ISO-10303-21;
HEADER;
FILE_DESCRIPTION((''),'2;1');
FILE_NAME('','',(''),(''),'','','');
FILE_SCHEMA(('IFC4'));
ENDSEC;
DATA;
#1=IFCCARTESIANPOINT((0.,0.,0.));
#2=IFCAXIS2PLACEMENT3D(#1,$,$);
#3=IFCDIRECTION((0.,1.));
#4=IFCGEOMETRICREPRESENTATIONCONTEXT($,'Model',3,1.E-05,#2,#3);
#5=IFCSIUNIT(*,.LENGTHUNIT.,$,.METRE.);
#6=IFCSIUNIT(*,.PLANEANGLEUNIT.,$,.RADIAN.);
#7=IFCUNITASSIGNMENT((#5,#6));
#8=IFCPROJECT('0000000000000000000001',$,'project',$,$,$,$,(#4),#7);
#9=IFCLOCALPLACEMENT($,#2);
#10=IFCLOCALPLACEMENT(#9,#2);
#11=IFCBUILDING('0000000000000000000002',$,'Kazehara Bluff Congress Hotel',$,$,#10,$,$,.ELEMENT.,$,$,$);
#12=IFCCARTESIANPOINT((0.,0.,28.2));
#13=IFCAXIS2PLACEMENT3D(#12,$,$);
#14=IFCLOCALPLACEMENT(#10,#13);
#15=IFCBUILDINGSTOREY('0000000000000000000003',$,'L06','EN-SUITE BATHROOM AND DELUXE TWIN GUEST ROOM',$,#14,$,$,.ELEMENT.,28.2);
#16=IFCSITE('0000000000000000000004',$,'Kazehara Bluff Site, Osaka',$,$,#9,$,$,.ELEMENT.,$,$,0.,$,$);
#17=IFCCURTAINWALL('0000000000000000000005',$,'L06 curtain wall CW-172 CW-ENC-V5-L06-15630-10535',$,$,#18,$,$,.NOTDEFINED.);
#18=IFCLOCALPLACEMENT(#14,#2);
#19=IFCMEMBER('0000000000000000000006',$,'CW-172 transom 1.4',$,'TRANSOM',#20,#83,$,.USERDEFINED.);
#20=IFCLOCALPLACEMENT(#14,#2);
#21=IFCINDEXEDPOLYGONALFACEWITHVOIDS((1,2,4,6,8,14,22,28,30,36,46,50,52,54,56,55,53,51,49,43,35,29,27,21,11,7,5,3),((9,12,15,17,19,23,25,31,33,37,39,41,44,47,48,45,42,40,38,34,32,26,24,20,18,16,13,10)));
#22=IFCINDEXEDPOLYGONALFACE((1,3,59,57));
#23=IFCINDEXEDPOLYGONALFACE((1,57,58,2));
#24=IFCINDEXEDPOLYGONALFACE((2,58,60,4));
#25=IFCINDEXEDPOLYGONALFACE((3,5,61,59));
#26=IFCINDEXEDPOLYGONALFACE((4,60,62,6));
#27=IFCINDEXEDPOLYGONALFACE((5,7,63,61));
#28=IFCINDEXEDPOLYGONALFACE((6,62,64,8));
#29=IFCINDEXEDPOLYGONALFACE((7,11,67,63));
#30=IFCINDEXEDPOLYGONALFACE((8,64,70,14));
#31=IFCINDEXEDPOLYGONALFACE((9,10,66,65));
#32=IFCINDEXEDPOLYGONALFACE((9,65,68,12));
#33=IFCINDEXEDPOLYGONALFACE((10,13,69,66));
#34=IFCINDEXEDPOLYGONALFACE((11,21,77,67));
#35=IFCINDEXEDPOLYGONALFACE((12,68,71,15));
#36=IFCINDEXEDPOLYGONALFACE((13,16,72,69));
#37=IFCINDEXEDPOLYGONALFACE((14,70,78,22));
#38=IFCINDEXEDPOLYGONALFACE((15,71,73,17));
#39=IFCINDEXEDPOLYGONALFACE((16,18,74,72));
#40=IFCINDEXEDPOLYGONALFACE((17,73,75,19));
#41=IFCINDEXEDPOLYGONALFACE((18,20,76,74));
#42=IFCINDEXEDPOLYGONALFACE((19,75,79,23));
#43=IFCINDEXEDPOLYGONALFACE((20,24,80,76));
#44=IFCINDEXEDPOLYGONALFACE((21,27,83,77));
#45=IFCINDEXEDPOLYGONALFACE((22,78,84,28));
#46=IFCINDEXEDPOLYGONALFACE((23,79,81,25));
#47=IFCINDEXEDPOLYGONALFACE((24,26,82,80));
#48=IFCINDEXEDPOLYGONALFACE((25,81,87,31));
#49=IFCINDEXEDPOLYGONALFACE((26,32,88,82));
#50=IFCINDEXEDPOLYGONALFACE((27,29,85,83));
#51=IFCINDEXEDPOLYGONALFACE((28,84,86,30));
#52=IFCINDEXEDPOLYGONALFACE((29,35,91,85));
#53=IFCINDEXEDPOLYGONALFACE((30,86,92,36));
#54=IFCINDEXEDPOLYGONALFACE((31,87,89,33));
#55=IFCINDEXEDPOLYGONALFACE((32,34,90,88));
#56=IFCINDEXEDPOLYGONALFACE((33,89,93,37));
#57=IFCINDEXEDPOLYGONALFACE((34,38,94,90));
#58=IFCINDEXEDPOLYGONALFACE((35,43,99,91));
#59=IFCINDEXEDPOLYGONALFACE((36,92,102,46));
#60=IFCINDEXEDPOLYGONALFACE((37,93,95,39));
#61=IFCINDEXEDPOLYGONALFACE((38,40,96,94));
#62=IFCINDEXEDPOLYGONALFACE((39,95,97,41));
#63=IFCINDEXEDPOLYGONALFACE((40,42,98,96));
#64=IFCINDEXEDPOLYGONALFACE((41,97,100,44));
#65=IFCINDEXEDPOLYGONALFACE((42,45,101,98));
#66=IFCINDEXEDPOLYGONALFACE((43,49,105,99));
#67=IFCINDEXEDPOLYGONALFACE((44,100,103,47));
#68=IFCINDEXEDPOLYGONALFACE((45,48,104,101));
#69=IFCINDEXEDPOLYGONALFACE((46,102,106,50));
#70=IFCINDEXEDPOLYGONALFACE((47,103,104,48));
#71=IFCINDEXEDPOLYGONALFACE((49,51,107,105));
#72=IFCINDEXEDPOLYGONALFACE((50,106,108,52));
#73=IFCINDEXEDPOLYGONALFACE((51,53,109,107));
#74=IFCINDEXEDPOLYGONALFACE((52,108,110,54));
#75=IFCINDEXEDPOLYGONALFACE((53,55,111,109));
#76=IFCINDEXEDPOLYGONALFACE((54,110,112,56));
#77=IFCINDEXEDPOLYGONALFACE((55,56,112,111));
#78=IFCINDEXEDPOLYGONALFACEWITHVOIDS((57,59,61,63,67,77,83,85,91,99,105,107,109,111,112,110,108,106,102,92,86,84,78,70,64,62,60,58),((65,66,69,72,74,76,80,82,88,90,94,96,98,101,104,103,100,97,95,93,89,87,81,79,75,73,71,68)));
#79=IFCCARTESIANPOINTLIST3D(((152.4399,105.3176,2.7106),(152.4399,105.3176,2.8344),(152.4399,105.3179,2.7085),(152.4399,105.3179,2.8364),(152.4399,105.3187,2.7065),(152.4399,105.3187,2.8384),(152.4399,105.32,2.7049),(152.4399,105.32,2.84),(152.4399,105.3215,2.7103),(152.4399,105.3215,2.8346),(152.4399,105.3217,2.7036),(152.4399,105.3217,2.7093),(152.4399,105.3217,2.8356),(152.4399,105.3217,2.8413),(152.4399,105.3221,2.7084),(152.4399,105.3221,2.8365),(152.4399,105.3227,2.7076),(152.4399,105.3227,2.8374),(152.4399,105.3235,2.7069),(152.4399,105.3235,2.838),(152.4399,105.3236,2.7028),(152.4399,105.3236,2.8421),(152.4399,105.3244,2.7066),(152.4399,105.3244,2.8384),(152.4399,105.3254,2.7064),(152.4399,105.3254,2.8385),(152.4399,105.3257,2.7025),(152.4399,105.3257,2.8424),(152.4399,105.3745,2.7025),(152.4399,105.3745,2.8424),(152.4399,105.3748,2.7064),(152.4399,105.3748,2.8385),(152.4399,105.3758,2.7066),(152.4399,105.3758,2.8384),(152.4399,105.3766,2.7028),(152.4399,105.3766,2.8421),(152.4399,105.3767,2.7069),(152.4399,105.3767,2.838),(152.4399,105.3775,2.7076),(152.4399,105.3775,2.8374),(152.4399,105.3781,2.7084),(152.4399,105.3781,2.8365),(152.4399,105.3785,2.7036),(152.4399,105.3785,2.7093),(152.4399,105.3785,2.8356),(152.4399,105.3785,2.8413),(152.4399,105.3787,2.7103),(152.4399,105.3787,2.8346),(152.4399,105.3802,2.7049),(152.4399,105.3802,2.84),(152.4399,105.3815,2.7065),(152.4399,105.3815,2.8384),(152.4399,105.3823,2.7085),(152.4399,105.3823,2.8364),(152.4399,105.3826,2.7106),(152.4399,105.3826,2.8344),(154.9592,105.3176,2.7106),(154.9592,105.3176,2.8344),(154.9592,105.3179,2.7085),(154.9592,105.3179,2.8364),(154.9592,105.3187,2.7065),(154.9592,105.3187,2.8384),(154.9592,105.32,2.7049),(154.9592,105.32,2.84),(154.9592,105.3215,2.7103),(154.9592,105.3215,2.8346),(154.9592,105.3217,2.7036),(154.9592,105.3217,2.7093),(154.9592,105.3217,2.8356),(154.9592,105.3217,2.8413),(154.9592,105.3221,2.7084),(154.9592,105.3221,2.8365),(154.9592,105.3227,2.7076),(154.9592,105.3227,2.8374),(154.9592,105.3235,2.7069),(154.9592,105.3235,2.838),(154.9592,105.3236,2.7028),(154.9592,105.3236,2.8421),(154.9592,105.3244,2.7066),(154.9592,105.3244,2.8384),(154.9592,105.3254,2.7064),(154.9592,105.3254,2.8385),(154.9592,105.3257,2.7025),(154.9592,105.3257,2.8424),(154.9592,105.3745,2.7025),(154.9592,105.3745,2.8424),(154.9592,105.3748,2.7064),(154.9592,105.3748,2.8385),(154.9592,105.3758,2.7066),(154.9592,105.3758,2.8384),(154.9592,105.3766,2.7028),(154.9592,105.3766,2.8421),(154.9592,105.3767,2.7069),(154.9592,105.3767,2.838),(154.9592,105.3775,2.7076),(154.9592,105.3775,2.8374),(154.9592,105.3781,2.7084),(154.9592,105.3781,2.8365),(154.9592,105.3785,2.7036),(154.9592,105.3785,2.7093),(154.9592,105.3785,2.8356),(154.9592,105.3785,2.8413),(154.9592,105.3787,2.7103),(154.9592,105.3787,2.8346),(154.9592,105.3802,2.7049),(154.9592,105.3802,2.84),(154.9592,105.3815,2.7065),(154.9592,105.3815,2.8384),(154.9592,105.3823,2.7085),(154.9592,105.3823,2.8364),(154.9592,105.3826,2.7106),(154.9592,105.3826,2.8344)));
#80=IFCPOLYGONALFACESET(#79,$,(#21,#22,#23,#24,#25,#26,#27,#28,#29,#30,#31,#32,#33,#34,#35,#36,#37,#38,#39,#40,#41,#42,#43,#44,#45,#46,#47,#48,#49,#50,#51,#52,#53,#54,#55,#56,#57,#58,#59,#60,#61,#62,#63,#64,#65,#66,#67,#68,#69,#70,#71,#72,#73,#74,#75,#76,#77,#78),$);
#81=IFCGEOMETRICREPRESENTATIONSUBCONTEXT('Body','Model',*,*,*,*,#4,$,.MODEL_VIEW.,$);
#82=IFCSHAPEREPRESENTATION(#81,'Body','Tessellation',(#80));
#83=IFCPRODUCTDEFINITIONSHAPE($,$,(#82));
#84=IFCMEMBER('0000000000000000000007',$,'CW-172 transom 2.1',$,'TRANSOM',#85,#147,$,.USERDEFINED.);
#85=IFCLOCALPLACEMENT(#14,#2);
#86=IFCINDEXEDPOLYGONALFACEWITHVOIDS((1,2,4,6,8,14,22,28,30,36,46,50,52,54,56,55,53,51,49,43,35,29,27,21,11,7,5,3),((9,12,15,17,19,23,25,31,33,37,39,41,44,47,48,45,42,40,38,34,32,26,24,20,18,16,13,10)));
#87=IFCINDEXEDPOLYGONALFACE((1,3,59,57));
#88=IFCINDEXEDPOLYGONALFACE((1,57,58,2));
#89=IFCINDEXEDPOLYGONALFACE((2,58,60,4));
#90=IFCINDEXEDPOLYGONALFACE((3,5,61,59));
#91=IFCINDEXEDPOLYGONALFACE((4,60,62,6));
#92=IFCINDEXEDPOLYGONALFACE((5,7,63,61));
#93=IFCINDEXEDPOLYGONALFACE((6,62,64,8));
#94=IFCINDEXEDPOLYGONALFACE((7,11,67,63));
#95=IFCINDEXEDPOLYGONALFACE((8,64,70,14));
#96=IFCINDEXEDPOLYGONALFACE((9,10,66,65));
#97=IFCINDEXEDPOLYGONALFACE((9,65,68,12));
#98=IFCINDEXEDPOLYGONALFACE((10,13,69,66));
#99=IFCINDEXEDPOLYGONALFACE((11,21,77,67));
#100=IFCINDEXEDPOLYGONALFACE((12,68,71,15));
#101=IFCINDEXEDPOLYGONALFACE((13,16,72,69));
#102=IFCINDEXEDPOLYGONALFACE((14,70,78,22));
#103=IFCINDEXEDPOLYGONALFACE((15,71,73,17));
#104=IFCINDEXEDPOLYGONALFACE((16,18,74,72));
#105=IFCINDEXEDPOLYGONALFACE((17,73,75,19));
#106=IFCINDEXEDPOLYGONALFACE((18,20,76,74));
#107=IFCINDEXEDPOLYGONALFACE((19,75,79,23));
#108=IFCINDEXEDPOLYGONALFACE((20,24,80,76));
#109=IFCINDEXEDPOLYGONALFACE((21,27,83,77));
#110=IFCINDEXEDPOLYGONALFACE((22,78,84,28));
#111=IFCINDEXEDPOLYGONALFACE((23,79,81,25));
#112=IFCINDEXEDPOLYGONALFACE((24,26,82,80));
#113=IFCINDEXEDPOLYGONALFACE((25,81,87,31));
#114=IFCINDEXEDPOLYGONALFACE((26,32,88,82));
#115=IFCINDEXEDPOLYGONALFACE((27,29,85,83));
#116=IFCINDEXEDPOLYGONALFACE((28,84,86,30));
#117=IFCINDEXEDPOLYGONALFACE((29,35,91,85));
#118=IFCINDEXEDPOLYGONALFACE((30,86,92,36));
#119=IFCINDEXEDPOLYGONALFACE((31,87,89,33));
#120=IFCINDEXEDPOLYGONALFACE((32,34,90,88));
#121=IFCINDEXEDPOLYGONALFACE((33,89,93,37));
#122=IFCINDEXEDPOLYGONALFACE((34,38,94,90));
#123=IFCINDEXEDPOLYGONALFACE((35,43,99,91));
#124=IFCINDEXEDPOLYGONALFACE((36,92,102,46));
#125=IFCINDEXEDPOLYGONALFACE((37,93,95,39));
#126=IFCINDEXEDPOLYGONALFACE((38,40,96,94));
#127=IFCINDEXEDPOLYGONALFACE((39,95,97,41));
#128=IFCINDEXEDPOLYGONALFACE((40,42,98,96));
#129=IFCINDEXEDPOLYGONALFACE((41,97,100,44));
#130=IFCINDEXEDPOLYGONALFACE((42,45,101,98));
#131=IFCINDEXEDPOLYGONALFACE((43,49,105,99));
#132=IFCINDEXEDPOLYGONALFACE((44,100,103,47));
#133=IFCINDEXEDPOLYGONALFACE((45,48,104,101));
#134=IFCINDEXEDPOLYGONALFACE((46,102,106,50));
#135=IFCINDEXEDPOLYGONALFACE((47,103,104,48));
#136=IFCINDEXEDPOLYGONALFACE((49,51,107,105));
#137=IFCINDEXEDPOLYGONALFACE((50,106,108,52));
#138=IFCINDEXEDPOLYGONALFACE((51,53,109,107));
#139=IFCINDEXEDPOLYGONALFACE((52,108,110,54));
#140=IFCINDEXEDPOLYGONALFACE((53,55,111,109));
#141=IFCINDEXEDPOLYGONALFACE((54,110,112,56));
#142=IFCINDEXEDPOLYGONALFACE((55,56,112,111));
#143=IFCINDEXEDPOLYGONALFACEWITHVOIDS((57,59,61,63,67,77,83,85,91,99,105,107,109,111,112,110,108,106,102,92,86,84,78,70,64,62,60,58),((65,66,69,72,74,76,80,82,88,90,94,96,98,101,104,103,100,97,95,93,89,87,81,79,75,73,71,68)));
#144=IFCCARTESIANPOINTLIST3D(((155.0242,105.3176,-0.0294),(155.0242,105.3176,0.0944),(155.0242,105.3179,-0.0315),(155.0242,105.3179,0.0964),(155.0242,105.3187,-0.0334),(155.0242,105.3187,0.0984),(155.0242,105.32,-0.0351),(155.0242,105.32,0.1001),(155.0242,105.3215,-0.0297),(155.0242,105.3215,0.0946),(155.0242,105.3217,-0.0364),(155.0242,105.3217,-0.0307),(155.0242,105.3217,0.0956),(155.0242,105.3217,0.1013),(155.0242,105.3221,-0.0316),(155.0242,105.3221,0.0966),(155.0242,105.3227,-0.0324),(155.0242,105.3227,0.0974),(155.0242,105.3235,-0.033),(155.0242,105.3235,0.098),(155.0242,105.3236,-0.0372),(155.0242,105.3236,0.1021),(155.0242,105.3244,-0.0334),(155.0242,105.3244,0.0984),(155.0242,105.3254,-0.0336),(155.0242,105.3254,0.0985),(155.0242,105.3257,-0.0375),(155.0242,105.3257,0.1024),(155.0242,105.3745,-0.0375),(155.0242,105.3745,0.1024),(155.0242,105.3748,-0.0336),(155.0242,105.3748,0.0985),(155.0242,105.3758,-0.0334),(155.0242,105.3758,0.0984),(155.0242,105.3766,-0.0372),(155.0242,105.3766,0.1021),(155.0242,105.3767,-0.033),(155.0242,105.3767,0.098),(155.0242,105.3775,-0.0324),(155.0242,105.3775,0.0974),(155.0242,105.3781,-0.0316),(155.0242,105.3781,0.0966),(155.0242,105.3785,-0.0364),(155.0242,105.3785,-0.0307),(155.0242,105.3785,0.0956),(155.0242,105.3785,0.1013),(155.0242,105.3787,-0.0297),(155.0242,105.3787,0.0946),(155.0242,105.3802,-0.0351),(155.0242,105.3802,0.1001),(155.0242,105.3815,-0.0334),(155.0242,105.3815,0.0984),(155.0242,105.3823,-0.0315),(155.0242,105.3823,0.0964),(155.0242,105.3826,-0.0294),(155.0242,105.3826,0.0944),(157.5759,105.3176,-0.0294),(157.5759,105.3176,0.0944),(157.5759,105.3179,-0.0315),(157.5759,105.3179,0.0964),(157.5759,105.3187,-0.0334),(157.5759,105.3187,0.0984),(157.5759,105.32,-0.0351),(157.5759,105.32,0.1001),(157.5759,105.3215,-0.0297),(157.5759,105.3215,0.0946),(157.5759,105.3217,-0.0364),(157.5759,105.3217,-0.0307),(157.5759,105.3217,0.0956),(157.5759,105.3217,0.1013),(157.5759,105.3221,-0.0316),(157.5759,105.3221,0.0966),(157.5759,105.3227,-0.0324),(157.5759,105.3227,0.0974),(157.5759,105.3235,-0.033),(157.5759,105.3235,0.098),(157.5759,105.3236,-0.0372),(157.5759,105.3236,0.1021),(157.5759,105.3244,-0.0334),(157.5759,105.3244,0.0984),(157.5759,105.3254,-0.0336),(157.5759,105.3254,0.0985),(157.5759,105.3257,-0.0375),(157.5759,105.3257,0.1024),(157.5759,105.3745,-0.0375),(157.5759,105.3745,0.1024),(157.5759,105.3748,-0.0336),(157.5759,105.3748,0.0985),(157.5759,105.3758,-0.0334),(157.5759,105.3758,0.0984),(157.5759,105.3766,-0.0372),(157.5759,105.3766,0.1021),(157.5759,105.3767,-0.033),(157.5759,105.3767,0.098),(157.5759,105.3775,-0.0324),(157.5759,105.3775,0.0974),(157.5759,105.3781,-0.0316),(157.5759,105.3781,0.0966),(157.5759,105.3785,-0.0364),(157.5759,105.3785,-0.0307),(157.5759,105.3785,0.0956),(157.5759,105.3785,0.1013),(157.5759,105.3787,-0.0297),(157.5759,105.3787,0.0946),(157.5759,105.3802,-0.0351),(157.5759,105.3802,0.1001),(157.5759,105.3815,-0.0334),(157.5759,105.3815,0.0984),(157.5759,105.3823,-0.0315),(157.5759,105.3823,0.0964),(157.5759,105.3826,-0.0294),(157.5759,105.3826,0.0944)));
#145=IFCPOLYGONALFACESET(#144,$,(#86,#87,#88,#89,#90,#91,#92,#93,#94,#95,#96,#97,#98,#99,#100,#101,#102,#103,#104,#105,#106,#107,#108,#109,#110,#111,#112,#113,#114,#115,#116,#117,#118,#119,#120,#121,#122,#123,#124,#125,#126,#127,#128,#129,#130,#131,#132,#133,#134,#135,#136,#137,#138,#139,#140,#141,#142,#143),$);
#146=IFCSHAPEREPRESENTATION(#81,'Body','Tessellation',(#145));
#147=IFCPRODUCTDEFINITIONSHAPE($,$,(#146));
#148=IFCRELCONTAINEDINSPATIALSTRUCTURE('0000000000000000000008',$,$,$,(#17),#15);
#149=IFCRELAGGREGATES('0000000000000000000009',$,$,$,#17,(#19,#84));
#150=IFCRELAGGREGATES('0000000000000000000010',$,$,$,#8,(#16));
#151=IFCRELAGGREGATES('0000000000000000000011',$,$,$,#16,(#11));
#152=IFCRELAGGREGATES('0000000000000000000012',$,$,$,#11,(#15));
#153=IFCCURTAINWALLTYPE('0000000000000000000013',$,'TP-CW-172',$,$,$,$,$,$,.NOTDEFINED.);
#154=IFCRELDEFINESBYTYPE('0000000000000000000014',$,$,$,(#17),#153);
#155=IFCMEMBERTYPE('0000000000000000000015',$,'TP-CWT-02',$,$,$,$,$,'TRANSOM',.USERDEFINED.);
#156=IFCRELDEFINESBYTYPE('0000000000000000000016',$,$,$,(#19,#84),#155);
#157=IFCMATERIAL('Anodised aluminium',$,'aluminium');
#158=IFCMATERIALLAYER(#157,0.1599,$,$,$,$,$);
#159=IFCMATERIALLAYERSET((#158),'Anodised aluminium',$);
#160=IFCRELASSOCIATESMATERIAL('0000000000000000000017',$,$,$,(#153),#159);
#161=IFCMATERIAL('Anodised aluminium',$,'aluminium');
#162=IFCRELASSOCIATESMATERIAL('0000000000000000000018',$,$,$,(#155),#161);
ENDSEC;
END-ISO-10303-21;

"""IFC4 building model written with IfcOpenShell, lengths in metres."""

from ifc_helpers import new_model, si_unit, direction, frame, origin, origin_2d, place, context, subcontext, project, spatial, hollow_rectangle, extrude, material, layer, layer_set, material_profile, profile_set, type_object, element, aggregate, save


model = new_model("IFC4")

# Units and contexts
model_context = context("Model", 3, precision=1e-05, world=origin(), true_north=direction((0.0, 1.0)))
body_context = subcontext(model_context, "Body", "Model", "MODEL_VIEW")
ifc_project = project(units=[si_unit("LENGTHUNIT", "METRE"), si_unit("PLANEANGLEUNIT", "RADIAN")], contexts=[model_context])

# Site, building, storey
site_placement = place(None, origin())
site = spatial("IfcSite", under=ifc_project, at=site_placement, Name="Kazehara Bluff Site, Osaka", CompositionType="ELEMENT", RefElevation=0.0)
building_placement = place(site_placement, origin())
building = spatial("IfcBuilding", under=site, at=building_placement, Name="Kazehara Bluff Congress Hotel", CompositionType="ELEMENT")
storey_placement = place(building_placement, frame((0.0, 0.0, 28.2)))
storey = spatial("IfcBuildingStorey", under=building, at=storey_placement, Name="L06", Description="EN-SUITE BATHROOM AND DELUXE TWIN GUEST ROOM", CompositionType="ELEMENT", Elevation=28.2)

# Curtain wall, members
ifc_material_1 = material(Name="Anodised aluminium", Category="aluminium")
ifc_layer_1 = layer(ifc_material_1, 0.1599)
ifc_layer_set_1 = layer_set([ifc_layer_1], Name="Anodised aluminium")
curtain_wall_type = type_object("IfcCurtainWallType", Name="TP-CW-172", PredefinedType="NOTDEFINED", material=ifc_layer_set_1)
curtain_wall_placement = place(storey_placement, origin())
curtain_wall = element("IfcCurtainWall", 1, at=curtain_wall_placement, inside=storey, type_object=curtain_wall_type, Name="L06 curtain wall CW-172 CW-ENC-V5-L06-15630-10535", PredefinedType="NOTDEFINED")
ifc_material_2 = material(Name="Anodised aluminium", Category="aluminium")
ifc_material_profile_1 = material_profile(ifc_material_2, hollow_rectangle(XDim=0.0649, YDim=0.1399, WallThickness=0.0039, InnerFilletRadius=0.0039, OuterFilletRadius=0.0081, at=origin_2d()))
ifc_profile_set_1 = profile_set([ifc_material_profile_1], Name="Anodised aluminium")
member_type_1 = type_object("IfcMemberType", Name="TP-CWT-02", ElementType="TRANSOM", PredefinedType="USERDEFINED", material=ifc_profile_set_1)
member_1_placement = place(storey_placement, frame((152.4399, 105.3501, 2.7725), z_axis=(1.0, 0.0, 0.0), x_axis=(0.0, 1.0, 0.0)))
member_1 = element("IfcMember", 2, at=member_1_placement, type_object=member_type_1, Name="CW-172 transom 1.4", ObjectType="TRANSOM", PredefinedType="USERDEFINED", context=body_context, shape_type="SweptSolid", body=[
    extrude(hollow_rectangle(XDim=0.0649, YDim=0.1399, WallThickness=0.0039, InnerFilletRadius=0.0039, OuterFilletRadius=0.0081, at=origin_2d()), origin(), (0.0, 0.0, 1.0), 2.5193),
])
member_2_placement = place(storey_placement, frame((155.0242, 105.3501, 0.0325), z_axis=(1.0, 0.0, 0.0), x_axis=(0.0, 1.0, 0.0)))
member_2 = element("IfcMember", 3, at=member_2_placement, type_object=member_type_1, Name="CW-172 transom 2.1", ObjectType="TRANSOM", PredefinedType="USERDEFINED", context=body_context, shape_type="SweptSolid", body=[
    extrude(hollow_rectangle(XDim=0.0649, YDim=0.1399, WallThickness=0.0039, InnerFilletRadius=0.0039, OuterFilletRadius=0.0081, at=origin_2d()), origin(), (0.0, 0.0, 1.0), 2.5518),
])
aggregate(curtain_wall, [member_1, member_2])

save(model, "model.ifc")
